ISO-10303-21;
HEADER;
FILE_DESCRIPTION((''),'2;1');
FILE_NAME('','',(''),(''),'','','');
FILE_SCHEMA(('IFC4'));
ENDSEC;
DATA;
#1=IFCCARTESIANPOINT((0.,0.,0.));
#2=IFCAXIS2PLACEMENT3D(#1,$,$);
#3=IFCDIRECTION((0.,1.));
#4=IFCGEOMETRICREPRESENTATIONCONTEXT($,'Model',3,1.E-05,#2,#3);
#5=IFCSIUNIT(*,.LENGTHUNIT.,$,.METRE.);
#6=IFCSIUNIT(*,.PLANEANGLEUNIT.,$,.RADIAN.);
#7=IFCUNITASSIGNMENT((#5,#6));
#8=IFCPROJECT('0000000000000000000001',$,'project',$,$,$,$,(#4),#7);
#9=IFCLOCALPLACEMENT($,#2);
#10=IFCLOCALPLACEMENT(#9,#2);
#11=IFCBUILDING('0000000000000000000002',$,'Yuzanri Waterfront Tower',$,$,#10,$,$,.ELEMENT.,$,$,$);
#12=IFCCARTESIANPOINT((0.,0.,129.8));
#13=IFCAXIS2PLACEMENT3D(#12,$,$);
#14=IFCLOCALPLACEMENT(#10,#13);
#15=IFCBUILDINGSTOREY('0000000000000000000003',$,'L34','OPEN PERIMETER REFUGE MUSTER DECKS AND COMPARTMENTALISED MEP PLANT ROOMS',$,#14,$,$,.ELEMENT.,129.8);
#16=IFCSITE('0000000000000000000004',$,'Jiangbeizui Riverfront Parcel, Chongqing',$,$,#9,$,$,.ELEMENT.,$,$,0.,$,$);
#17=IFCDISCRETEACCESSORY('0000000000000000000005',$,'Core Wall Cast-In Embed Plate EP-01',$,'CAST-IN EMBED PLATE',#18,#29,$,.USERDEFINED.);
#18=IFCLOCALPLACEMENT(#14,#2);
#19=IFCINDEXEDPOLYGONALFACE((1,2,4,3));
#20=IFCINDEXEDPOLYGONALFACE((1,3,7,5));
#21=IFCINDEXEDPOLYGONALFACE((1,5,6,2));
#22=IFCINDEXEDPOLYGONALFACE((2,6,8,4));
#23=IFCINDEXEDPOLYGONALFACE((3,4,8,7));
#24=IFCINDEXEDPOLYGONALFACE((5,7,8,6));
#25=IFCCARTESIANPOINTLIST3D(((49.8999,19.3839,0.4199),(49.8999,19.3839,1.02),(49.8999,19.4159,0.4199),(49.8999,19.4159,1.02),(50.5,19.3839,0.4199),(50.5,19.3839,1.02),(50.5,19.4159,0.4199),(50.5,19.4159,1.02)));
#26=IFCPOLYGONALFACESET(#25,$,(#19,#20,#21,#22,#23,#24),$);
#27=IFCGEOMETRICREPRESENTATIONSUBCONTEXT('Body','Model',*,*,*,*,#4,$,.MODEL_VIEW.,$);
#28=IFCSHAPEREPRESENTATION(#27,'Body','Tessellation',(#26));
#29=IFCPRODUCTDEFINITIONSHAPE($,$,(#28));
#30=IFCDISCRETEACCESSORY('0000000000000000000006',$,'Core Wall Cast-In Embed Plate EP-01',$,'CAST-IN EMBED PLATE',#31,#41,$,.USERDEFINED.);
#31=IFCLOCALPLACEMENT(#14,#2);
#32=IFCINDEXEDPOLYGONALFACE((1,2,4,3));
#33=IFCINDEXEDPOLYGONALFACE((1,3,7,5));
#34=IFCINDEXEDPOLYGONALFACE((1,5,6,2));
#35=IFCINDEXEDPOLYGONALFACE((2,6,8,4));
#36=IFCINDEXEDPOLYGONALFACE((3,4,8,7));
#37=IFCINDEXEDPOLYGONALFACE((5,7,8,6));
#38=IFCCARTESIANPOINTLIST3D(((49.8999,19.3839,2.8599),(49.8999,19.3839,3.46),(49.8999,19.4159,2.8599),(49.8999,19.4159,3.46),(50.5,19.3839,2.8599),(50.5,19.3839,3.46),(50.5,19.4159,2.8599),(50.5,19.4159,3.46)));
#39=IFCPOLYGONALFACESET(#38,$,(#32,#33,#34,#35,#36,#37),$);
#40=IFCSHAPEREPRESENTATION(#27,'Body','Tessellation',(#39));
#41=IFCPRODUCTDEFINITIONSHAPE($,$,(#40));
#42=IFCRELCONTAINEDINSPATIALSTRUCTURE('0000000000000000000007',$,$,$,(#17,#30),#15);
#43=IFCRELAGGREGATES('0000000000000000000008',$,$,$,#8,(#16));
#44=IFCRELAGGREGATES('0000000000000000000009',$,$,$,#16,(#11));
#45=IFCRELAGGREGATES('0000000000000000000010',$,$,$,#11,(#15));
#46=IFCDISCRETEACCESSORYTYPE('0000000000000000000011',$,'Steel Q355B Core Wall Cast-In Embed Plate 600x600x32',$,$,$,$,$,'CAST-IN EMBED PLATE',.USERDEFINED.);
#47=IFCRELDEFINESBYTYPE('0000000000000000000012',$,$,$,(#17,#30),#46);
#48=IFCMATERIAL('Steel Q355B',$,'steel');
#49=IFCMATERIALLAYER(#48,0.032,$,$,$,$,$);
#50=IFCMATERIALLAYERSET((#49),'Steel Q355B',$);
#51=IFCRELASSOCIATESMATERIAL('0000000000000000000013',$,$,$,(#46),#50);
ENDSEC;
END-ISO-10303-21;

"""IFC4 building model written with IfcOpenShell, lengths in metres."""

from ifc_helpers import new_model, si_unit, direction, frame, origin, origin_2d, place, context, subcontext, project, spatial, rectangle, extrude, source, transform, mapped, material, layer, layer_set, type_object, element, save


model = new_model("IFC4")

# Units and contexts
model_context = context("Model", 3, precision=1e-05, world=origin(), true_north=direction((0.0, 1.0)))
body_context = subcontext(model_context, "Body", "Model", "MODEL_VIEW")
ifc_project = project(units=[si_unit("LENGTHUNIT", "METRE"), si_unit("PLANEANGLEUNIT", "RADIAN")], contexts=[model_context])

# Site, building, storey
site_placement = place(None, origin())
site = spatial("IfcSite", under=ifc_project, at=site_placement, Name="Jiangbeizui Riverfront Parcel, Chongqing", CompositionType="ELEMENT", RefElevation=0.0)
building_placement = place(site_placement, origin())
building = spatial("IfcBuilding", under=site, at=building_placement, Name="Yuzanri Waterfront Tower", CompositionType="ELEMENT")
storey_placement = place(building_placement, frame((0.0, 0.0, 129.8)))
storey = spatial("IfcBuildingStorey", under=building, at=storey_placement, Name="L34", Description="OPEN PERIMETER REFUGE MUSTER DECKS AND COMPARTMENTALISED MEP PLANT ROOMS", CompositionType="ELEMENT", Elevation=129.8)

# Discrete accessories
ifc_material_1 = material(Name="Steel Q355B", Category="steel")
ifc_layer_1 = layer(ifc_material_1, 0.032)
ifc_layer_set_1 = layer_set([ifc_layer_1], Name="Steel Q355B")
discrete_accessory_type = type_object("IfcDiscreteAccessoryType", Name="Steel Q355B Core Wall Cast-In Embed Plate 600x600x32", ElementType="CAST-IN EMBED PLATE", PredefinedType="USERDEFINED", material=ifc_layer_set_1)
shared_shape_1 = source(origin(), body_context, "Body", "SweptSolid", [
    extrude(rectangle(XDim=0.6001, YDim=0.032, at=origin_2d()), origin(), (0.0, 0.0, 1.0), 0.6001),
])
for number, where, z_axis, x_axis, name in (
    (1, (50.2, 19.3999, 0.4199), (0.0, 0.0, 1.0), (1.0, 0.0, 0.0), "Core Wall Cast-In Embed Plate EP-01"),
    (2, (50.2, 19.3999, 2.8599), (0.0, 0.0, 1.0), (1.0, 0.0, 0.0), "Core Wall Cast-In Embed Plate EP-01"),
):
    element("IfcDiscreteAccessory", number, at=place(storey_placement, frame(where, z_axis=z_axis, x_axis=x_axis)), inside=storey, type_object=discrete_accessory_type, Name=name, ObjectType="CAST-IN EMBED PLATE", PredefinedType="USERDEFINED", context=body_context, shape_type="MappedRepresentation", body=[
        mapped(shared_shape_1, transform((0.0, 0.0, 0.0), scale=1.0)),
    ])

save(model, "model.ifc")
